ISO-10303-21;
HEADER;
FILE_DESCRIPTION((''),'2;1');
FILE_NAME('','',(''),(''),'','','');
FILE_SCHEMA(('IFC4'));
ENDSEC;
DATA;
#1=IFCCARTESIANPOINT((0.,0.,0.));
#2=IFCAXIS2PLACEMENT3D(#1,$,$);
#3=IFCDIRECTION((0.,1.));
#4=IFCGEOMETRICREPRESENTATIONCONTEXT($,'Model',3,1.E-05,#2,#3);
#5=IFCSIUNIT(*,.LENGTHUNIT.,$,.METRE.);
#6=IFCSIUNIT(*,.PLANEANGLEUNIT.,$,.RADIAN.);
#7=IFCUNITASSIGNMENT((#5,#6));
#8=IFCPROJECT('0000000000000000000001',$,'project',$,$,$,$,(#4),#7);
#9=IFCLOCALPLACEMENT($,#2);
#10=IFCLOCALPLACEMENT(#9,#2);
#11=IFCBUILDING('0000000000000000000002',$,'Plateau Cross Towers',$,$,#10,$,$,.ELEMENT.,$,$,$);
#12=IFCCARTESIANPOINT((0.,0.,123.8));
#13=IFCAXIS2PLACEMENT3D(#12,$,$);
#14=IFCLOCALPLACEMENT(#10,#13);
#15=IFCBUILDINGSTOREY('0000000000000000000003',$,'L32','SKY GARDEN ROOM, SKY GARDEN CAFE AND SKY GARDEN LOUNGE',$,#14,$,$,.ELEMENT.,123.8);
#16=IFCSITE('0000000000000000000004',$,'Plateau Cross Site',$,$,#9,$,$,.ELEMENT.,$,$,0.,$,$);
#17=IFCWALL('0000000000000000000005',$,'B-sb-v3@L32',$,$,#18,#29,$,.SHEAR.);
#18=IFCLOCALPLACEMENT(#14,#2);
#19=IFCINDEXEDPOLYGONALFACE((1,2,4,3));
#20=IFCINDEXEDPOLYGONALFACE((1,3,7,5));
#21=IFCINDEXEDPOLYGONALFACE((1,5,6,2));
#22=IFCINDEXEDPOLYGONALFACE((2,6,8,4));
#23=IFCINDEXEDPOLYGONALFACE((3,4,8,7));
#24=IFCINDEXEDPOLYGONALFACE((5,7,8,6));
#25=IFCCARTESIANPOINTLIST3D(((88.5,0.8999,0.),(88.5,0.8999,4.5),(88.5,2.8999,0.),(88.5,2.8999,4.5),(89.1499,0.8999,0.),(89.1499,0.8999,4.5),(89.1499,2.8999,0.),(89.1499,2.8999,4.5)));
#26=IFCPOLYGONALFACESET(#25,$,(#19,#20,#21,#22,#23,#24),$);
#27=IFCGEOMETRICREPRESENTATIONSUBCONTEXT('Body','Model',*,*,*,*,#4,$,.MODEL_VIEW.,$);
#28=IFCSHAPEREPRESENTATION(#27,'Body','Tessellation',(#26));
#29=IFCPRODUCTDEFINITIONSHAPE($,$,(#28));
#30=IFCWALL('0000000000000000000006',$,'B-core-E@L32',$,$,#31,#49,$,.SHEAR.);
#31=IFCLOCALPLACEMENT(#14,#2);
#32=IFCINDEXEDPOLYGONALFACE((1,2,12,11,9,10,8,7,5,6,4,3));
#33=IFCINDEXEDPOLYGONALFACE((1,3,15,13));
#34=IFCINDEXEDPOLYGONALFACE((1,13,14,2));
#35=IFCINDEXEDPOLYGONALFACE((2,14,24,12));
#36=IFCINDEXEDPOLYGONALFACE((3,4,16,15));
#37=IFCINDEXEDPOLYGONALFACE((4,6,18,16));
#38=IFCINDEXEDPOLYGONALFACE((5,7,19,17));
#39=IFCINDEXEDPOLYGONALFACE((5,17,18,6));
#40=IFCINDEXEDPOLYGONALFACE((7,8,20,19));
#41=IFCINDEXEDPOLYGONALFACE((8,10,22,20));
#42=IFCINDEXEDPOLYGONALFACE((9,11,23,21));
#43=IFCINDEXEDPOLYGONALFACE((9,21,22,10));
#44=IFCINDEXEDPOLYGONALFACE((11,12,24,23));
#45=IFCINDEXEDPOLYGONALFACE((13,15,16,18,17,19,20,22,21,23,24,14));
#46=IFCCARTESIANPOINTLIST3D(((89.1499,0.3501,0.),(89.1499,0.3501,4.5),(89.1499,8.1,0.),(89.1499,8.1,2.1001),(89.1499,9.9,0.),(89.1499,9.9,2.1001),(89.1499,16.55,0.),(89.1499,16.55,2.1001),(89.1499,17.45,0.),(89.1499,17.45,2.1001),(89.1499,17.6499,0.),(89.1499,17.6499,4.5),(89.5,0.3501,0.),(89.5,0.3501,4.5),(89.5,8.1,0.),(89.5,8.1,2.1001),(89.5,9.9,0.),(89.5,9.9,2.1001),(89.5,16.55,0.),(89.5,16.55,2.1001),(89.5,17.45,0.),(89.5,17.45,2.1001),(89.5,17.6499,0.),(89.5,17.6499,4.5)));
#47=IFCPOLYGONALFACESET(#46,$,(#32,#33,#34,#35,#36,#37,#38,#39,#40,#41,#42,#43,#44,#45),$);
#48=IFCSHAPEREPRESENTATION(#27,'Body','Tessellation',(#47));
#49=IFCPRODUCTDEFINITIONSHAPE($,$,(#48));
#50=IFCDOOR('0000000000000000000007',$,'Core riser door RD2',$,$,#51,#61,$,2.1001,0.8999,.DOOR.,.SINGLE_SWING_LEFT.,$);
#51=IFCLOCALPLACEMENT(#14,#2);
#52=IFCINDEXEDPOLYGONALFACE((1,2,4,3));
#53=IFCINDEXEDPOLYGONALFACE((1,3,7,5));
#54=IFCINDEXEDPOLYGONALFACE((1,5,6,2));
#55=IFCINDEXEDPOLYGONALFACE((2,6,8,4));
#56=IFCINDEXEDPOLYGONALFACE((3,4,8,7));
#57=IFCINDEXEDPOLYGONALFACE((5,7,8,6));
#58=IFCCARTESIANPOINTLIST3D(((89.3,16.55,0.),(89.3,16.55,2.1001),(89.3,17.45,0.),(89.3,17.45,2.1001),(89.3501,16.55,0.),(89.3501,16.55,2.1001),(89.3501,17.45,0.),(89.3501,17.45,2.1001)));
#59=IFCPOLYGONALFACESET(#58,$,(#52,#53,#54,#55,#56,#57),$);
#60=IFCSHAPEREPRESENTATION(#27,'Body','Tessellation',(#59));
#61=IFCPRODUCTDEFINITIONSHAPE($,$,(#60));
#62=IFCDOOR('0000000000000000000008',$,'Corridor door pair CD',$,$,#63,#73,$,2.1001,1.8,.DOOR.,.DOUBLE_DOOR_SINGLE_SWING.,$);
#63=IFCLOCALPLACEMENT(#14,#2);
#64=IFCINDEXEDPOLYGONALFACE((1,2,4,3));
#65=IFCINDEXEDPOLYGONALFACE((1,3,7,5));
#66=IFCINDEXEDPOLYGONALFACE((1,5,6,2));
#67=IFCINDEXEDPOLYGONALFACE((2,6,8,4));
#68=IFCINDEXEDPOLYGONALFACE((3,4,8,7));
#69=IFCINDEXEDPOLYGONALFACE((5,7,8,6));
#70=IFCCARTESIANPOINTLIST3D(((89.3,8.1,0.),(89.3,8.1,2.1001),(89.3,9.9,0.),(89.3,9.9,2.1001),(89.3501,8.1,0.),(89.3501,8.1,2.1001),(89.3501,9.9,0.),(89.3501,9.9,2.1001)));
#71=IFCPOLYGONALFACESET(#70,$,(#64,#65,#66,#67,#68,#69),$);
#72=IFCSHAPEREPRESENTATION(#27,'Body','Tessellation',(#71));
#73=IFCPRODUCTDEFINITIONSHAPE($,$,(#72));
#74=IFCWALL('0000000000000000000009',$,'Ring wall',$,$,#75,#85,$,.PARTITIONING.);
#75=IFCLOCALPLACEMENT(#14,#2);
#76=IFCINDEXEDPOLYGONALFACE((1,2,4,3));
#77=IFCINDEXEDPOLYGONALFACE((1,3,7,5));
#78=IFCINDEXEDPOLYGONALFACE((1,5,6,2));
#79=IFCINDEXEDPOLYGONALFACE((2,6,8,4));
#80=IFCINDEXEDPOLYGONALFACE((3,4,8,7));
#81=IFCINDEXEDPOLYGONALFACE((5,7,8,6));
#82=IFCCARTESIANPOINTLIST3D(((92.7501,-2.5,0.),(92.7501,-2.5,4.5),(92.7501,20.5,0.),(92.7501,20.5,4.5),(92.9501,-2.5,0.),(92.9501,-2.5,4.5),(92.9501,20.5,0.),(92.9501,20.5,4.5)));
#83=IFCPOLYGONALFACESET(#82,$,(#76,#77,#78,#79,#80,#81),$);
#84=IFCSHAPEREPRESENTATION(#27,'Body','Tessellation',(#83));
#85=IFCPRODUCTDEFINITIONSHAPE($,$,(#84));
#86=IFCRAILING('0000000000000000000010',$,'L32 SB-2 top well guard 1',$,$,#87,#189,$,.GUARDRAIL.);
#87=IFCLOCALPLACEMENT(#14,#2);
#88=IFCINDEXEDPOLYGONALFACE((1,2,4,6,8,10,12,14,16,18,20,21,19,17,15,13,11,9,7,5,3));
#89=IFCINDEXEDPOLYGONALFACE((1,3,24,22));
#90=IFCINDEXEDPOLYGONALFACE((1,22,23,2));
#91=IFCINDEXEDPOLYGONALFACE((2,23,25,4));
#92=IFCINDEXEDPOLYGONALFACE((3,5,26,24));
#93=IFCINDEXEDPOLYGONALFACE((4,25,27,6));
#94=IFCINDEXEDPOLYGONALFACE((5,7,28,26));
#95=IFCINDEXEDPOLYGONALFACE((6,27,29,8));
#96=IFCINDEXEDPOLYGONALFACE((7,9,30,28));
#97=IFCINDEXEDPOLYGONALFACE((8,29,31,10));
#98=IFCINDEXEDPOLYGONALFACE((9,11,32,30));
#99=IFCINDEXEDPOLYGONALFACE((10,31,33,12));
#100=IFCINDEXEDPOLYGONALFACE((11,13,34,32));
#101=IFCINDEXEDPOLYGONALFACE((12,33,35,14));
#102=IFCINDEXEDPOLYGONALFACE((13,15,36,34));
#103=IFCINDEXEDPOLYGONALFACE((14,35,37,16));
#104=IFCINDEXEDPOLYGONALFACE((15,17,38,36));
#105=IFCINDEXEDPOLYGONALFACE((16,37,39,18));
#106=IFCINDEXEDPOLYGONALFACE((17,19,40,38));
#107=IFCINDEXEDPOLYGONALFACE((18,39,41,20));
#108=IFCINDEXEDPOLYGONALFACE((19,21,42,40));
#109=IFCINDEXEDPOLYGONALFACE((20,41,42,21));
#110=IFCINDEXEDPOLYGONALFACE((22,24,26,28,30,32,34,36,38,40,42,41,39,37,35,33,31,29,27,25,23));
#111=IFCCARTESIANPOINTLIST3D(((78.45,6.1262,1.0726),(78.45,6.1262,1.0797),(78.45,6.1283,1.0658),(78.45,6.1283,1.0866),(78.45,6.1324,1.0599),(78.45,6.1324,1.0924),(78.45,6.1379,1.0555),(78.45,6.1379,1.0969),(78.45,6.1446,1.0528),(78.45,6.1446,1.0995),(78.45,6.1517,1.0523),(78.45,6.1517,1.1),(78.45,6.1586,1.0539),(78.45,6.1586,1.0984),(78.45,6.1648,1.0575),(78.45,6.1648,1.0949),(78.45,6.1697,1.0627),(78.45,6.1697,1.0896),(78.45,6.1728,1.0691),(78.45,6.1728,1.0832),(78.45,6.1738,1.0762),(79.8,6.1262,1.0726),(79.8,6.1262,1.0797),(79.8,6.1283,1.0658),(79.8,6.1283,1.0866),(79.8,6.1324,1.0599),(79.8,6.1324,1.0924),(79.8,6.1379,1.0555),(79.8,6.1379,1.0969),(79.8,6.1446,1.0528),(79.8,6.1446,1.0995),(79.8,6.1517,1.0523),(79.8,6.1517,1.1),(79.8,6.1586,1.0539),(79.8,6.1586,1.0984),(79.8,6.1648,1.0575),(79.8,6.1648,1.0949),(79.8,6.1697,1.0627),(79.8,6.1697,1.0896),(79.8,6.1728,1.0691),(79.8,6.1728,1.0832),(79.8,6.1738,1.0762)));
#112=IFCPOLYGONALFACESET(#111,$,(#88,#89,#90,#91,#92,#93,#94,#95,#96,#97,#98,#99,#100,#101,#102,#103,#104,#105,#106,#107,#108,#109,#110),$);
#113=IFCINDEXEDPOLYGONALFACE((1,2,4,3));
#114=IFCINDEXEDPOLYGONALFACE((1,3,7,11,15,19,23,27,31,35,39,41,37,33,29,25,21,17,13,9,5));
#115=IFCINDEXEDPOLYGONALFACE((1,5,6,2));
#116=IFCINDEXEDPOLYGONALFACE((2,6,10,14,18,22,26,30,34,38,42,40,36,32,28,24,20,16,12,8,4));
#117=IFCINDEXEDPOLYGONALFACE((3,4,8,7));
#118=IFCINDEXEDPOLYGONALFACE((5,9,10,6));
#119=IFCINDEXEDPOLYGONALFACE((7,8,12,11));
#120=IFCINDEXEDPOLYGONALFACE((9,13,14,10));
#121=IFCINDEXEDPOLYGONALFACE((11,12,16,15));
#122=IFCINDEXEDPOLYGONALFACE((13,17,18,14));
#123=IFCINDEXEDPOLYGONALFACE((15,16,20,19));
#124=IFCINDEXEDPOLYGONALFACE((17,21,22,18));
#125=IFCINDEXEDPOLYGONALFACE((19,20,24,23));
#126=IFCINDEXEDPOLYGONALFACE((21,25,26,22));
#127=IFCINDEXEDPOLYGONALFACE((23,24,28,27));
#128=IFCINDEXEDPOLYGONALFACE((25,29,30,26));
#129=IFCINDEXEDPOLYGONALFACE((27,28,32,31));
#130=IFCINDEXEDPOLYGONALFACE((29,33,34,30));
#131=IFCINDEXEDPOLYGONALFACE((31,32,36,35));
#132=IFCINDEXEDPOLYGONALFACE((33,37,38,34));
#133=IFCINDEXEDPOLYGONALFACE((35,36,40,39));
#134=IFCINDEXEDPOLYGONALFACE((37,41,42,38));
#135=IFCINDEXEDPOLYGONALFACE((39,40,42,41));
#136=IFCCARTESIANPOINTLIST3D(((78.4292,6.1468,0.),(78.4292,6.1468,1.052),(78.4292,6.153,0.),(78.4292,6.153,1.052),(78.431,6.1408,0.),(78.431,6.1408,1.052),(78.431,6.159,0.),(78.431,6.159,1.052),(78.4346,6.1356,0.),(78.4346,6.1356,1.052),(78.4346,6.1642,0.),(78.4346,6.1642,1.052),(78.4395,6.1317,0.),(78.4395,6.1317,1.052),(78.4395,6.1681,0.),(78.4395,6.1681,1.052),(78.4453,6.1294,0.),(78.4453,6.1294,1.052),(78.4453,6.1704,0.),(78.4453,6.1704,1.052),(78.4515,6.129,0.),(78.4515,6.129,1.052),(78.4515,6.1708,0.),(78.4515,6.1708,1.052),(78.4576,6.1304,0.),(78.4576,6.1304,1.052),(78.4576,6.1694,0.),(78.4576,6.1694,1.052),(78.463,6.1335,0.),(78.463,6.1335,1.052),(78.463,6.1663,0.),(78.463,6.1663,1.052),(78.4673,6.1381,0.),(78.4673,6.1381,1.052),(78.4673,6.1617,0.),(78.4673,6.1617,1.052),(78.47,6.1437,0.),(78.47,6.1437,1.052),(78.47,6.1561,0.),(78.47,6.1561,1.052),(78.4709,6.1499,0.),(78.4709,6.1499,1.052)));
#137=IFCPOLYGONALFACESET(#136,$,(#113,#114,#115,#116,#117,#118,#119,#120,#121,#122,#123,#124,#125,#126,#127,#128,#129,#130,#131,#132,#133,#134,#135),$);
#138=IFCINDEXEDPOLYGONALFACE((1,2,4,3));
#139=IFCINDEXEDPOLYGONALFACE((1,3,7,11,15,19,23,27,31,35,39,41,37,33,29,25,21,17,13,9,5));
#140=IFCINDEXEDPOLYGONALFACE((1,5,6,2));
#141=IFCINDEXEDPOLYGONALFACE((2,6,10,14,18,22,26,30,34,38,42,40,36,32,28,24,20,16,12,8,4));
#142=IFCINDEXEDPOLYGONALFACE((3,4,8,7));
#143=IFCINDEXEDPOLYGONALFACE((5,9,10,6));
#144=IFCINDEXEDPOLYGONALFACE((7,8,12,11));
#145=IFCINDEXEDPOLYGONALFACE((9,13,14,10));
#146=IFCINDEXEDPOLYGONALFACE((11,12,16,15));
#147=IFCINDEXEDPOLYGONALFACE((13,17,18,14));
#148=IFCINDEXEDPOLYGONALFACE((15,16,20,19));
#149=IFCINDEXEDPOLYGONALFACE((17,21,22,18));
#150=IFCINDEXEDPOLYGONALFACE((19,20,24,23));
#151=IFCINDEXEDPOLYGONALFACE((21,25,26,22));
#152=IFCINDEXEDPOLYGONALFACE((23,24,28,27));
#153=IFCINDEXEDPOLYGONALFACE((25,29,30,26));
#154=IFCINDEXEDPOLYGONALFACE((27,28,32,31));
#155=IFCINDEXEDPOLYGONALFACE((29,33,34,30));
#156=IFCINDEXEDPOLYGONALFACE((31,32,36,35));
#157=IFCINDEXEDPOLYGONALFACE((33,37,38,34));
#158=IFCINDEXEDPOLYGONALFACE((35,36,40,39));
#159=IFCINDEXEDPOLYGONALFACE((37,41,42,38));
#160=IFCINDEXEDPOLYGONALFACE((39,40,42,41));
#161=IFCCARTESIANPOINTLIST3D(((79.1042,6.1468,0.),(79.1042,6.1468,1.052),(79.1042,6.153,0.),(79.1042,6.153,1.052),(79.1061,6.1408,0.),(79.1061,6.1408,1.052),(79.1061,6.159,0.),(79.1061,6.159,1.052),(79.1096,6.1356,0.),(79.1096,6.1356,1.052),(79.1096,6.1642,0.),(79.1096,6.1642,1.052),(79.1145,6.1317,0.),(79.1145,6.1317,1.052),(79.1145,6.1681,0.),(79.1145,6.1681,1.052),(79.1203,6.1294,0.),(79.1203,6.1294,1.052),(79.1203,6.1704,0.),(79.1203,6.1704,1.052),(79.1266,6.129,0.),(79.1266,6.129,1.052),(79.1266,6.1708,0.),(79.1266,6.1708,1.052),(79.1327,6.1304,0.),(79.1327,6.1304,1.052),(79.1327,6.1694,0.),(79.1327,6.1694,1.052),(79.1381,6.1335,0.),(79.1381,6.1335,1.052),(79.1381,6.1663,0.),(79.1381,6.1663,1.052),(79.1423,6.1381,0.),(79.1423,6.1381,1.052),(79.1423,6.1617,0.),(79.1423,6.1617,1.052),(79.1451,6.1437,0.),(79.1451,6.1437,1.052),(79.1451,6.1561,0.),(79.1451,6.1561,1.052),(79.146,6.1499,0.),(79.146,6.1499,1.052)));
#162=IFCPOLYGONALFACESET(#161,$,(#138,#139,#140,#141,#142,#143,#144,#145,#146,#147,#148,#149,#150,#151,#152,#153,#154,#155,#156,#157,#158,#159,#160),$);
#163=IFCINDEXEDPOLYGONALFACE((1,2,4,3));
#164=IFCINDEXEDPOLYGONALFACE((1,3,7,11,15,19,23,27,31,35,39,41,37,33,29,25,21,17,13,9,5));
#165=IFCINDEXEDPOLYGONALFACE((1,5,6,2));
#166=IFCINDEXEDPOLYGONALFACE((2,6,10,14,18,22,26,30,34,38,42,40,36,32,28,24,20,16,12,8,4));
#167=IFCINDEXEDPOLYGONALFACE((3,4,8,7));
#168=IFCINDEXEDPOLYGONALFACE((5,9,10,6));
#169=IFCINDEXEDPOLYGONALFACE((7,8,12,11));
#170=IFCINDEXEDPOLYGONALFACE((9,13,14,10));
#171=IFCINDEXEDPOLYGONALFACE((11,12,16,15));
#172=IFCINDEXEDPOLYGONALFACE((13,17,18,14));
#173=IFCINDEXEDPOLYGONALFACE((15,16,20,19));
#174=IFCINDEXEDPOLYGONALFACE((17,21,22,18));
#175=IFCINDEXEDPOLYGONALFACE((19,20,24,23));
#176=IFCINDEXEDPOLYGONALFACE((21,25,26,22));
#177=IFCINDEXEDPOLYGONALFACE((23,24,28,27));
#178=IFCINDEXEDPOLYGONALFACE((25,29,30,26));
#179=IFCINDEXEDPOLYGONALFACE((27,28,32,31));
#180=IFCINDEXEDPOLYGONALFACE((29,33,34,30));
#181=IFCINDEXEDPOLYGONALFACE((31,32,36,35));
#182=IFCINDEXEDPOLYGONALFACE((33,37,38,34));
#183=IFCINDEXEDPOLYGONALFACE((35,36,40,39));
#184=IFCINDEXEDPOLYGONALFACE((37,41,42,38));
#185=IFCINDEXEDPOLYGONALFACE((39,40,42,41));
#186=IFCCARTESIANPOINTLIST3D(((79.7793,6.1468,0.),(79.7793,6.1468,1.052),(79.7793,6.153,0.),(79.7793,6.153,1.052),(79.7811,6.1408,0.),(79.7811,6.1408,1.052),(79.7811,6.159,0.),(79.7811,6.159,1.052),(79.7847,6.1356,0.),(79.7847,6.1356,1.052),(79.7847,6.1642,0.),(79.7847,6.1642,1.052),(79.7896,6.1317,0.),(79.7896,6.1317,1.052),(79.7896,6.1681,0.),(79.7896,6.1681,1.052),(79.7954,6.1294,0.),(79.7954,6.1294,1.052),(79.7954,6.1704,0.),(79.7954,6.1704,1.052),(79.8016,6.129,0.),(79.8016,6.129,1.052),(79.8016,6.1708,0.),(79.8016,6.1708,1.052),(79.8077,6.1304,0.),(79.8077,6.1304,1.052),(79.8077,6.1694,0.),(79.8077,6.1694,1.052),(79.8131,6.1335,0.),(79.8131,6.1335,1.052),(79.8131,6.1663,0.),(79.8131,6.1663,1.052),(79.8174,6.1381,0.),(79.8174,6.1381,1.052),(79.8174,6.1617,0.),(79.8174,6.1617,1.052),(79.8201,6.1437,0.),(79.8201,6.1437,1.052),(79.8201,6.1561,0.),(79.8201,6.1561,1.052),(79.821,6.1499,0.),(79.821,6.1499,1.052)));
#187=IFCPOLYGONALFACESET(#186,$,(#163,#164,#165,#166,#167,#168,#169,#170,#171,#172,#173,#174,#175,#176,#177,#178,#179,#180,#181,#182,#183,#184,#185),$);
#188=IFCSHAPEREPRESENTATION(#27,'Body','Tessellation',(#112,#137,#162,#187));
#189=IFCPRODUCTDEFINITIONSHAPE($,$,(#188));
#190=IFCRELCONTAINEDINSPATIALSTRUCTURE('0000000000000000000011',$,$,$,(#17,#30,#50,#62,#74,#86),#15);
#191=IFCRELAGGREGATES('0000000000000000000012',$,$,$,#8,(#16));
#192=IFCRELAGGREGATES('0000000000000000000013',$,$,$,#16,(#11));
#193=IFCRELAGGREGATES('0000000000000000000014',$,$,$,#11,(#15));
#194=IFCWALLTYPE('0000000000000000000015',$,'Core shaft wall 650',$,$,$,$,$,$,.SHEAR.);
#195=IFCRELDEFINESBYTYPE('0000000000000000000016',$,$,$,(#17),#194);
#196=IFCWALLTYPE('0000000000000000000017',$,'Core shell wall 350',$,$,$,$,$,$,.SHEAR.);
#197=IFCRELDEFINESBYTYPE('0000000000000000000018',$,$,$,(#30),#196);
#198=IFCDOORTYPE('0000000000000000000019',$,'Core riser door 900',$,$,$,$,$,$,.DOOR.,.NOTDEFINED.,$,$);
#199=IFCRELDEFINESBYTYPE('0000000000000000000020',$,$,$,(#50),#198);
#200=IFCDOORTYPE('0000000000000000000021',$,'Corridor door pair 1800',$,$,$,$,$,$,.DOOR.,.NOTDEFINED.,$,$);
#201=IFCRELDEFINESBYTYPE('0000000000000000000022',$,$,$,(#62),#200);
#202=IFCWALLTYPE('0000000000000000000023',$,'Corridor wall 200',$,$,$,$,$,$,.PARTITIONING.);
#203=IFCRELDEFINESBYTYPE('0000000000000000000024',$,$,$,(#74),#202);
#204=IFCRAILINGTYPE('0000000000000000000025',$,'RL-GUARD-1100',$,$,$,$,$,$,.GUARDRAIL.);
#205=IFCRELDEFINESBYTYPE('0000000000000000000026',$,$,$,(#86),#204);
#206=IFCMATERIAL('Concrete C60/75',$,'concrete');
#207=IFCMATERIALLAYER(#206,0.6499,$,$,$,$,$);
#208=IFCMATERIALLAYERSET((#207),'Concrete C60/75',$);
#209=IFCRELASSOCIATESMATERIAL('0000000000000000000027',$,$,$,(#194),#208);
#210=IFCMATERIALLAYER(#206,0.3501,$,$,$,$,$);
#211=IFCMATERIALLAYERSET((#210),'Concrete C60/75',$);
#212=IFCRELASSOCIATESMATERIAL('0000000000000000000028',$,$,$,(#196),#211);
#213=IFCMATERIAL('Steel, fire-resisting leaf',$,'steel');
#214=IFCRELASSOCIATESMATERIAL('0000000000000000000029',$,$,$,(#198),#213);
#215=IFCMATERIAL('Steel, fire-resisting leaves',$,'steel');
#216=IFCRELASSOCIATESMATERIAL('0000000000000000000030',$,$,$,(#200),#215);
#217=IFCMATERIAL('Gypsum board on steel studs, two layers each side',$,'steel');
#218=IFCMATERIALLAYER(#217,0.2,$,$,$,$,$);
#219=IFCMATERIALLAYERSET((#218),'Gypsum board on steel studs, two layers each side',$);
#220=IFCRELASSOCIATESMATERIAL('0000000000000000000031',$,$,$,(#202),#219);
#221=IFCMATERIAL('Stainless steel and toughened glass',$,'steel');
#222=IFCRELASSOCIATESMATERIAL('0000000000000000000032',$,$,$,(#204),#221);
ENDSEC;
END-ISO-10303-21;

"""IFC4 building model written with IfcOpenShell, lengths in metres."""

from ifc_helpers import new_model, si_unit, direction, frame, frame_2d, origin, origin_2d, place, context, subcontext, project, spatial, rectangle, circle, extrude, material, layer, layer_set, type_object, element, fill, save


model = new_model("IFC4")

# Units and contexts
model_context = context("Model", 3, precision=1e-05, world=origin(), true_north=direction((0.0, 1.0)))
body_context = subcontext(model_context, "Body", "Model", "MODEL_VIEW")
ifc_project = project(units=[si_unit("LENGTHUNIT", "METRE"), si_unit("PLANEANGLEUNIT", "RADIAN")], contexts=[model_context])

# Site, building, storey
site_placement = place(None, origin())
site = spatial("IfcSite", under=ifc_project, at=site_placement, Name="Plateau Cross Site", CompositionType="ELEMENT", RefElevation=0.0)
building_placement = place(site_placement, origin())
building = spatial("IfcBuilding", under=site, at=building_placement, Name="Plateau Cross Towers", CompositionType="ELEMENT")
storey_placement = place(building_placement, frame((0.0, 0.0, 123.8)))
storey = spatial("IfcBuildingStorey", under=building, at=storey_placement, Name="L32", Description="SKY GARDEN ROOM, SKY GARDEN CAFE AND SKY GARDEN LOUNGE", CompositionType="ELEMENT", Elevation=123.8)

# Shared definitions
ifc_material_1 = material(Name="Concrete C60/75", Category="concrete")

# Wall
ifc_layer_1 = layer(ifc_material_1, 0.6499)
ifc_layer_set_1 = layer_set([ifc_layer_1], Name="Concrete C60/75")
wall_type_1 = type_object("IfcWallType", Name="Core shaft wall 650", PredefinedType="SHEAR", material=ifc_layer_set_1)
wall_1_placement = place(storey_placement, frame((88.825, 0.8999, 0.0), z_axis=(0.0, 0.0, 1.0), x_axis=(0.0, 1.0, 0.0)))
element("IfcWall", 1, at=wall_1_placement, inside=storey, type_object=wall_type_1, Name="B-sb-v3@L32", PredefinedType="SHEAR", context=body_context, shape_type="SweptSolid", body=[
    extrude(rectangle(XDim=2.0, YDim=0.6499, at=frame_2d((1.0, 0.0))), origin(), (0.0, 0.0, 1.0), 4.5),
])

# Wall, openings, doors
ifc_layer_2 = layer(ifc_material_1, 0.3501)
ifc_layer_set_2 = layer_set([ifc_layer_2], Name="Concrete C60/75")
wall_type_2 = type_object("IfcWallType", Name="Core shell wall 350", PredefinedType="SHEAR", material=ifc_layer_set_2)
wall_2_placement = place(storey_placement, frame((89.325, 0.3501, 0.0), z_axis=(0.0, 0.0, 1.0), x_axis=(0.0, 1.0, 0.0)))
wall_2 = element("IfcWall", 2, at=wall_2_placement, inside=storey, type_object=wall_type_2, Name="B-core-E@L32", PredefinedType="SHEAR", context=body_context, shape_type="SweptSolid", body=[
    extrude(rectangle(XDim=17.2998, YDim=0.3501, at=frame_2d((8.6499, 0.0))), origin(), (0.0, 0.0, 1.0), 4.5),
])
opening_1_placement = place(wall_2_placement, frame((7.75, 0.0, 0.0)))
opening_1 = element("IfcOpeningElement", 3, at=opening_1_placement, cuts=wall_2, PredefinedType="OPENING", context=body_context, shape_type="SweptSolid", body=[
    extrude(rectangle(XDim=1.8, YDim=2.1001, at=frame_2d((0.8999, 1.05))), frame((0.0, 0.1851, 0.0), z_axis=(0.0, -1.0, 0.0), x_axis=(1.0, 0.0, 0.0)), (0.0, 0.0, 1.0), 0.3701),
])
opening_2_placement = place(wall_2_placement, frame((16.2, 0.0, 0.0)))
opening_2 = element("IfcOpeningElement", 4, at=opening_2_placement, cuts=wall_2, PredefinedType="OPENING", context=body_context, shape_type="SweptSolid", body=[
    extrude(rectangle(XDim=0.8999, YDim=2.1001, at=frame_2d((0.45, 1.05))), frame((0.0, 0.1851, 0.0), z_axis=(0.0, -1.0, 0.0), x_axis=(1.0, 0.0, 0.0)), (0.0, 0.0, 1.0), 0.3701),
])
ifc_material_2 = material(Name="Steel, fire-resisting leaf", Category="steel")
door_type_1 = type_object("IfcDoorType", Name="Core riser door 900", OperationType="NOTDEFINED", PredefinedType="DOOR", material=ifc_material_2)
door_1_placement = place(opening_2_placement, origin())
door_1 = element("IfcDoor", 5, at=door_1_placement, inside=storey, type_object=door_type_1, Name="Core riser door RD2", OperationType="SINGLE_SWING_LEFT", OverallHeight=2.1001, OverallWidth=0.8999, PredefinedType="DOOR", context=body_context, shape_type="SweptSolid", body=[
    extrude(rectangle(XDim=0.8999, YDim=2.1001, at=frame_2d((0.45, 1.05))), frame((0.0, 0.0249, 0.0), z_axis=(0.0, -1.0, 0.0), x_axis=(1.0, 0.0, 0.0)), (0.0, 0.0, 1.0), 0.05),
])
fill(opening_2, door_1)
ifc_material_3 = material(Name="Steel, fire-resisting leaves", Category="steel")
door_type_2 = type_object("IfcDoorType", Name="Corridor door pair 1800", OperationType="NOTDEFINED", PredefinedType="DOOR", material=ifc_material_3)
door_2_placement = place(opening_1_placement, origin())
door_2 = element("IfcDoor", 6, at=door_2_placement, inside=storey, type_object=door_type_2, Name="Corridor door pair CD", OperationType="DOUBLE_DOOR_SINGLE_SWING", OverallHeight=2.1001, OverallWidth=1.8, PredefinedType="DOOR", context=body_context, shape_type="SweptSolid", body=[
    extrude(rectangle(XDim=1.8, YDim=2.1001, at=frame_2d((0.8999, 1.05))), frame((0.0, 0.0249, 0.0), z_axis=(0.0, -1.0, 0.0), x_axis=(1.0, 0.0, 0.0)), (0.0, 0.0, 1.0), 0.05),
])
fill(opening_1, door_2)

# Wall
ifc_material_4 = material(Name="Gypsum board on steel studs, two layers each side", Category="steel")
ifc_layer_3 = layer(ifc_material_4, 0.2)
ifc_layer_set_3 = layer_set([ifc_layer_3], Name="Gypsum board on steel studs, two layers each side")
wall_type_3 = type_object("IfcWallType", Name="Corridor wall 200", PredefinedType="PARTITIONING", material=ifc_layer_set_3)
wall_3_placement = place(storey_placement, frame((92.8501, -2.5, 0.0), z_axis=(0.0, 0.0, 1.0), x_axis=(0.0, 1.0, 0.0)))
element("IfcWall", 7, at=wall_3_placement, inside=storey, type_object=wall_type_3, Name="Ring wall", PredefinedType="PARTITIONING", context=body_context, shape_type="SweptSolid", body=[
    extrude(rectangle(XDim=23.0, YDim=0.2, at=frame_2d((11.5, 0.0))), origin(), (0.0, 0.0, 1.0), 4.5),
])

# Railing
ifc_material_5 = material(Name="Stainless steel and toughened glass", Category="steel")
railing_type_1 = type_object("IfcRailingType", Name="RL-GUARD-1100", PredefinedType="GUARDRAIL", material=ifc_material_5)
railing_1_placement = place(storey_placement, frame((78.45, 6.1499, 0.0)))
element("IfcRailing", 8, at=railing_1_placement, inside=storey, type_object=railing_type_1, Name="L32 SB-2 top well guard 1", PredefinedType="GUARDRAIL", context=body_context, shape_type="SweptSolid", body=[
    extrude(circle(Radius=0.0239, at=origin_2d()), frame((0.0, 0.0, 1.0762), z_axis=(1.0, 0.0, 0.0), x_axis=(0.0, 1.0, 0.0)), (0.0, 0.0, 1.0), 1.3501),
    extrude(circle(Radius=0.021, at=origin_2d()), origin(), (0.0, 0.0, 1.0), 1.052),
    extrude(circle(Radius=0.021, at=origin_2d()), frame((0.675, 0.0, 0.0)), (0.0, 0.0, 1.0), 1.052),
    extrude(circle(Radius=0.021, at=origin_2d()), frame((1.3501, 0.0, 0.0)), (0.0, 0.0, 1.0), 1.052),
])

save(model, "model.ifc")
